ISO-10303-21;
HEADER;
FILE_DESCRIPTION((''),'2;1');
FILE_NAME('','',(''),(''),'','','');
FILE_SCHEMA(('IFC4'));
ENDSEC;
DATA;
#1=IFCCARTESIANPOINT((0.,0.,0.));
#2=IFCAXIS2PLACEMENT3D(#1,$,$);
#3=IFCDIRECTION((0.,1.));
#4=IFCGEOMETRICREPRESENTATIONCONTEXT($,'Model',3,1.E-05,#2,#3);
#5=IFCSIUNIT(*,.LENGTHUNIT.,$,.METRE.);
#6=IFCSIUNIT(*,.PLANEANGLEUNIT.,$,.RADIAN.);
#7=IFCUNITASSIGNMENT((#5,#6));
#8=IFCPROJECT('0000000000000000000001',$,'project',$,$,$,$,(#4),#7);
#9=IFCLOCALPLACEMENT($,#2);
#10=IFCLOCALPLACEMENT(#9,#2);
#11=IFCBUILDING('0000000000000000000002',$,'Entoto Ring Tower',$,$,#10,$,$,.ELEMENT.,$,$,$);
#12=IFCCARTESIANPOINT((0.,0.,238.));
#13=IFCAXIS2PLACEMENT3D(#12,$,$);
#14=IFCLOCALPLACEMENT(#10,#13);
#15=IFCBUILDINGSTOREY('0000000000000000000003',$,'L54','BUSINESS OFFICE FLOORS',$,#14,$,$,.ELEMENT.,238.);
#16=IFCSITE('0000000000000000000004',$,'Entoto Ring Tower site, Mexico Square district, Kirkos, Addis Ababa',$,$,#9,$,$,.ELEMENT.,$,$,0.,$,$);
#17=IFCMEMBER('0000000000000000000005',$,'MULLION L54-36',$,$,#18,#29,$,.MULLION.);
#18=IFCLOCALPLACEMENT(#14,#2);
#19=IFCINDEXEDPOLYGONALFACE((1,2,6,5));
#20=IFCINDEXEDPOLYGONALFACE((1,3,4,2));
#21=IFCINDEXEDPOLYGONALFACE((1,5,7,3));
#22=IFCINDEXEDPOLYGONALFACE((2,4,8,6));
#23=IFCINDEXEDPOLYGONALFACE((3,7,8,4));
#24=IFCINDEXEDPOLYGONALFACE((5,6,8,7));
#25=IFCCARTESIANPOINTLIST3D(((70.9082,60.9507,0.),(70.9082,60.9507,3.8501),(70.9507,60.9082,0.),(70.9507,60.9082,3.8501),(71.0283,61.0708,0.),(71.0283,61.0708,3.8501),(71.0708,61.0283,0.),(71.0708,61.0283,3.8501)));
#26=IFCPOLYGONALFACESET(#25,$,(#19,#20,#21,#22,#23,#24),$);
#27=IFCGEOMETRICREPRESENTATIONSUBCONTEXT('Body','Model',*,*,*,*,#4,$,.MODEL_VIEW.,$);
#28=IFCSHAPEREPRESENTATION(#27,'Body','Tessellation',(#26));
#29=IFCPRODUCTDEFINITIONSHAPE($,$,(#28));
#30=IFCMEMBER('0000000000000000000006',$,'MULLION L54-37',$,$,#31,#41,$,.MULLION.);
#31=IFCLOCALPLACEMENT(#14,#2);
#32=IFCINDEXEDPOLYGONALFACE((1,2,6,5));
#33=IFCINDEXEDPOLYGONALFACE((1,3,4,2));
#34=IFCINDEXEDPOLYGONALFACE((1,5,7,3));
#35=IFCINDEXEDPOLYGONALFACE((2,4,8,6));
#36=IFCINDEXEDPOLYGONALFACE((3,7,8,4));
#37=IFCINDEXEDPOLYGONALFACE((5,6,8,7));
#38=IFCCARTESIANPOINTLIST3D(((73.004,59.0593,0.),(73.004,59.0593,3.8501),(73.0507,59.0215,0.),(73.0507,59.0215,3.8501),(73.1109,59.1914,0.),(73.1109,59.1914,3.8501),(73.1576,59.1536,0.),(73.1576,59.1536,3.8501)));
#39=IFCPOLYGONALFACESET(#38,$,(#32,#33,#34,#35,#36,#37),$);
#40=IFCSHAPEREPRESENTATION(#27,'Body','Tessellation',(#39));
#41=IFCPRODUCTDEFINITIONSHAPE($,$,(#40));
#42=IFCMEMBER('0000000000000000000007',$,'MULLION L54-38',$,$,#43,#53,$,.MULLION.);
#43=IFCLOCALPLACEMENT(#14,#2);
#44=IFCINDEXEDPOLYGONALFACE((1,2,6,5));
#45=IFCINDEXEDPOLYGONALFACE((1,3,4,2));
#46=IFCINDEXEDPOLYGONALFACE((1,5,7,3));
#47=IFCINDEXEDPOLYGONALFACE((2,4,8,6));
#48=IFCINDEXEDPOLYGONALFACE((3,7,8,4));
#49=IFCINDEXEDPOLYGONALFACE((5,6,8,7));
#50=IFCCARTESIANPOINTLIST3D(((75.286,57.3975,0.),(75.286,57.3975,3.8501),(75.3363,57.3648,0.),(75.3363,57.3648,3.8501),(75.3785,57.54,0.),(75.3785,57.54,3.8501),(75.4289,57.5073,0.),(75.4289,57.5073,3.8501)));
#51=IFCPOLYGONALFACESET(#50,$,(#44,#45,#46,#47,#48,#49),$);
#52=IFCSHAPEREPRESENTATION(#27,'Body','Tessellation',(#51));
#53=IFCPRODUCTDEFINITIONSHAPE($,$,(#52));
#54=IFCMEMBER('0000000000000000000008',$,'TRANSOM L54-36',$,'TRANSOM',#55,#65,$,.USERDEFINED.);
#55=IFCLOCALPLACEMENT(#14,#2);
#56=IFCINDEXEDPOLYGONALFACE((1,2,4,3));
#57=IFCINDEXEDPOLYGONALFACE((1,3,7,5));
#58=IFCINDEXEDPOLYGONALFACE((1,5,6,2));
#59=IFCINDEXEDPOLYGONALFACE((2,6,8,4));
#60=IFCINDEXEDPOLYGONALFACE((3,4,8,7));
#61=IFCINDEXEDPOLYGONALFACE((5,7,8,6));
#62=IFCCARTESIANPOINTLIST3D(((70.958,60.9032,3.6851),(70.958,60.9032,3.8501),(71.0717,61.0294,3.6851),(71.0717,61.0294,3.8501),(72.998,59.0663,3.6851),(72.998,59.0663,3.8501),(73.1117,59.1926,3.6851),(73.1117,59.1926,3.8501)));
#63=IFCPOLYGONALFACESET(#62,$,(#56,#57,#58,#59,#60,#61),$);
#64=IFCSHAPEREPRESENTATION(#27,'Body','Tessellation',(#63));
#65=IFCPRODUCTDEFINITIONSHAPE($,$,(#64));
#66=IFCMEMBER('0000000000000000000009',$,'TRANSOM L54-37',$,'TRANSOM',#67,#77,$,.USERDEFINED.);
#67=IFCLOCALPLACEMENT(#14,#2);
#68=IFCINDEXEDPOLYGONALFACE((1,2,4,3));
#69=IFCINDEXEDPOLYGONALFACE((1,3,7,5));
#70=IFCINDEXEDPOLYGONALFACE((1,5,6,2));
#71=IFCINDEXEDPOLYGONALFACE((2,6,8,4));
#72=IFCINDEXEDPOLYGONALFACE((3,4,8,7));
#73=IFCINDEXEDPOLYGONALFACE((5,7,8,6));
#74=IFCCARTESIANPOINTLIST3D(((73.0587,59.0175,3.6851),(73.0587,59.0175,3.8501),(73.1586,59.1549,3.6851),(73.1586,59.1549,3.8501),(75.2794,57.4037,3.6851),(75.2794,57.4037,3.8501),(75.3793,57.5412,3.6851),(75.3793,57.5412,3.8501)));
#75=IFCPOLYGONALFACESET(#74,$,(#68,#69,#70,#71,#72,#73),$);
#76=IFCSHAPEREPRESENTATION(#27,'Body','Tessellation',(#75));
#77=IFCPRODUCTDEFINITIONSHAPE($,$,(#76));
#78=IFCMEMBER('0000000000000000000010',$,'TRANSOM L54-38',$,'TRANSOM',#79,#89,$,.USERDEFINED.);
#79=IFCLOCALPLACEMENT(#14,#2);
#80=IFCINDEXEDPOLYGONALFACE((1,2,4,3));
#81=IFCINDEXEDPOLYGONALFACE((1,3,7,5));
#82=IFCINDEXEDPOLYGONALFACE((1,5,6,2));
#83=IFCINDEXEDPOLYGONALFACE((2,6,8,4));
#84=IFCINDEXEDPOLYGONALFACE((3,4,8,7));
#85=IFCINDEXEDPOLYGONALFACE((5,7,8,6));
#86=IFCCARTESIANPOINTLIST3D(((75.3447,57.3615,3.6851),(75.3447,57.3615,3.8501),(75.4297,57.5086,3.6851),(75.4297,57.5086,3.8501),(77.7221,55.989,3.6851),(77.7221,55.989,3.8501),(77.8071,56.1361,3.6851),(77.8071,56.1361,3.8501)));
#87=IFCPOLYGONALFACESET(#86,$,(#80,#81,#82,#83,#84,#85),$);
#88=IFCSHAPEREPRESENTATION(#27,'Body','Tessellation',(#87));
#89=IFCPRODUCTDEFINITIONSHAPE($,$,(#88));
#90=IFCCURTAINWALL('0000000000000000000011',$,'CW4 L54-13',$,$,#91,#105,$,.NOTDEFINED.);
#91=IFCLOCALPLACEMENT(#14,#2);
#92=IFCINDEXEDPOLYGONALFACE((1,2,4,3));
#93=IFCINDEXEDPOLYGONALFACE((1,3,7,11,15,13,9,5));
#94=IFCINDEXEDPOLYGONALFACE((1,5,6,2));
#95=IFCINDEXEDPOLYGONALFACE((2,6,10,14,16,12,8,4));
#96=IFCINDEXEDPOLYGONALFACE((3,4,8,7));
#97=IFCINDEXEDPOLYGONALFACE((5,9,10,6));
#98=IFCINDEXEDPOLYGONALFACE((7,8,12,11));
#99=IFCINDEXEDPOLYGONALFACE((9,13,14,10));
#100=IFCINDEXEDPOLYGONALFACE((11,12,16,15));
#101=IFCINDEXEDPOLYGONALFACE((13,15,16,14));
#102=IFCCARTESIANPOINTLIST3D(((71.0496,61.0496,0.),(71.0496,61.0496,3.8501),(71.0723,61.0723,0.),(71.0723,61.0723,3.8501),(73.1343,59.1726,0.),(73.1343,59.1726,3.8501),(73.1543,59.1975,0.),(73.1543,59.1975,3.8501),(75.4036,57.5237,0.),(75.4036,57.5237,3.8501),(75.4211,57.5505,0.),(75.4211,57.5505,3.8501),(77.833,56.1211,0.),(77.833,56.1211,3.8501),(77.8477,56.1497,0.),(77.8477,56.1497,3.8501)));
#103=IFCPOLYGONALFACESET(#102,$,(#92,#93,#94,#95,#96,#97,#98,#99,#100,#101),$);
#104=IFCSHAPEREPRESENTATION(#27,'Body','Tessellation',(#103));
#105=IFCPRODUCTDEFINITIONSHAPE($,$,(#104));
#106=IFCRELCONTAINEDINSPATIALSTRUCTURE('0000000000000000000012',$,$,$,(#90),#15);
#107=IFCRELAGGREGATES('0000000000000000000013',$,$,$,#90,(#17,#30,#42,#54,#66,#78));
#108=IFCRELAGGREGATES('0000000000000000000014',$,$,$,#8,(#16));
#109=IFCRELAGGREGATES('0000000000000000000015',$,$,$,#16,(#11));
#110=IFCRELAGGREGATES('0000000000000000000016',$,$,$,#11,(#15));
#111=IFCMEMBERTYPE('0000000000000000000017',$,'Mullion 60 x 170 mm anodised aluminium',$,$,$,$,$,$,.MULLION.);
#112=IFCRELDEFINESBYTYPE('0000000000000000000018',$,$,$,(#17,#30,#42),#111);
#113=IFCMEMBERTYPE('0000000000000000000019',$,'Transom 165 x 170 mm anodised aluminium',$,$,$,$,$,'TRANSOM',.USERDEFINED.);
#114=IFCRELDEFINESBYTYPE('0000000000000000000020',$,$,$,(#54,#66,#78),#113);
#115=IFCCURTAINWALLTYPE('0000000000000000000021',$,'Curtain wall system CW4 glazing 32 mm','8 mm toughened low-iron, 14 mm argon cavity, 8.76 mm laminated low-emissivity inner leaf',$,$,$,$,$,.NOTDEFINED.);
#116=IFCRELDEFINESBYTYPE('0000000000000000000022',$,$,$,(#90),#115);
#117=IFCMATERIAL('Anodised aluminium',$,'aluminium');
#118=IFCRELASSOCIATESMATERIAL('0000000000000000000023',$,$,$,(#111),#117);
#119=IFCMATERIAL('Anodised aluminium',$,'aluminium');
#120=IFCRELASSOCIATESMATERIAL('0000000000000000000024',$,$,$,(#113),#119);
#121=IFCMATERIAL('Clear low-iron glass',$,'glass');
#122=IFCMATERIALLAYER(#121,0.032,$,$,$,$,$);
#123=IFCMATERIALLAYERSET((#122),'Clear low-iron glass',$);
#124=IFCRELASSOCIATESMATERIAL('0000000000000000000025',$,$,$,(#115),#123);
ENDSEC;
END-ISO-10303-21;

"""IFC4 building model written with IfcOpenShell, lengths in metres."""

from ifc_helpers import new_model, si_unit, direction, frame, origin, origin_2d, place, context, subcontext, project, spatial, polyline, rectangle, outline, extrude, material, layer, layer_set, material_profile, profile_set, type_object, element, aggregate, save


model = new_model("IFC4")

# Units and contexts
model_context = context("Model", 3, precision=1e-05, world=origin(), true_north=direction((0.0, 1.0)))
body_context = subcontext(model_context, "Body", "Model", "MODEL_VIEW")
ifc_project = project(units=[si_unit("LENGTHUNIT", "METRE"), si_unit("PLANEANGLEUNIT", "RADIAN")], contexts=[model_context])

# Members
ifc_material_1 = material(Name="Anodised aluminium", Category="aluminium")
ifc_material_profile_1 = material_profile(ifc_material_1, rectangle(XDim=0.0601, YDim=0.1699, at=origin_2d()), Name="Mullion 60 x 170 mm anodised aluminium")
ifc_profile_set_1 = profile_set([ifc_material_profile_1], Name="Anodised aluminium")
member_type_1 = type_object("IfcMemberType", Name="Mullion 60 x 170 mm anodised aluminium", PredefinedType="MULLION", material=ifc_profile_set_1)
site_placement = place(None, origin())
building_placement = place(site_placement, origin())
storey_placement = place(building_placement, frame((0.0, 0.0, 238.0)))
member_1_placement = place(storey_placement, frame((70.9895, 60.9895, 0.0), z_axis=(0.0, 0.0, 1.0), x_axis=(0.707107, -0.707107, 0.0)))
member_1 = element("IfcMember", 1, at=member_1_placement, type_object=member_type_1, Name="MULLION L54-36", PredefinedType="MULLION", context=body_context, shape_type="SweptSolid", body=[
    extrude(rectangle(XDim=0.0601, YDim=0.1699, at=origin_2d()), origin(), (0.0, 0.0, 1.0), 3.8501),
])
member_2_placement = place(storey_placement, frame((73.0808, 59.1064, 0.0), z_axis=(0.0, 0.0, 1.0), x_axis=(0.777146, -0.62932, 0.0)))
member_2 = element("IfcMember", 2, at=member_2_placement, type_object=member_type_1, Name="MULLION L54-37", PredefinedType="MULLION", context=body_context, shape_type="SweptSolid", body=[
    extrude(rectangle(XDim=0.0601, YDim=0.1699, at=origin_2d()), origin(), (0.0, 0.0, 1.0), 3.8501),
])
member_3_placement = place(storey_placement, frame((75.3574, 57.4524, 0.0), z_axis=(0.0, 0.0, 1.0), x_axis=(0.838671, -0.544639, 0.0)))
member_3 = element("IfcMember", 3, at=member_3_placement, type_object=member_type_1, Name="MULLION L54-38", PredefinedType="MULLION", context=body_context, shape_type="SweptSolid", body=[
    extrude(rectangle(XDim=0.0601, YDim=0.1699, at=origin_2d()), origin(), (0.0, 0.0, 1.0), 3.8501),
])
ifc_material_2 = material(Name="Anodised aluminium", Category="aluminium")
ifc_material_profile_2 = material_profile(ifc_material_2, rectangle(XDim=0.1699, YDim=0.165, at=origin_2d()), Name="Transom 165 x 170 mm anodised aluminium")
ifc_profile_set_2 = profile_set([ifc_material_profile_2], Name="Anodised aluminium")
member_type_2 = type_object("IfcMemberType", Name="Transom 165 x 170 mm anodised aluminium", ElementType="TRANSOM", PredefinedType="USERDEFINED", material=ifc_profile_set_2)
member_4_placement = place(storey_placement, frame((71.0149, 60.9663, 3.7676), z_axis=(0.743135, -0.669142, 0.0), x_axis=(0.669142, 0.743135, 0.0)))
member_4 = element("IfcMember", 4, at=member_4_placement, type_object=member_type_2, Name="TRANSOM L54-36", ObjectType="TRANSOM", PredefinedType="USERDEFINED", context=body_context, shape_type="SweptSolid", body=[
    extrude(rectangle(XDim=0.1699, YDim=0.165, at=origin_2d()), origin(), (0.0, 0.0, 1.0), 2.7451),
])
member_5_placement = place(storey_placement, frame((73.1086, 59.0862, 3.7676), z_axis=(0.808959, -0.587865, 0.0), x_axis=(0.587865, 0.808959, 0.0)))
member_5 = element("IfcMember", 5, at=member_5_placement, type_object=member_type_2, Name="TRANSOM L54-37", ObjectType="TRANSOM", PredefinedType="USERDEFINED", context=body_context, shape_type="SweptSolid", body=[
    extrude(rectangle(XDim=0.1699, YDim=0.165, at=origin_2d()), origin(), (0.0, 0.0, 1.0), 2.7451),
])
member_6_placement = place(storey_placement, frame((75.3872, 57.4351, 3.7676), z_axis=(0.866035, -0.499984, 0.0), x_axis=(0.499984, 0.866035, 0.0)))
member_6 = element("IfcMember", 6, at=member_6_placement, type_object=member_type_2, Name="TRANSOM L54-38", ObjectType="TRANSOM", PredefinedType="USERDEFINED", context=body_context, shape_type="SweptSolid", body=[
    extrude(rectangle(XDim=0.1699, YDim=0.165, at=origin_2d()), origin(), (0.0, 0.0, 1.0), 2.7451),
])

# Site, building, storey
site = spatial("IfcSite", under=ifc_project, at=site_placement, Name="Entoto Ring Tower site, Mexico Square district, Kirkos, Addis Ababa", CompositionType="ELEMENT", RefElevation=0.0)
building = spatial("IfcBuilding", under=site, at=building_placement, Name="Entoto Ring Tower", CompositionType="ELEMENT")
storey = spatial("IfcBuildingStorey", under=building, at=storey_placement, Name="L54", Description="BUSINESS OFFICE FLOORS", CompositionType="ELEMENT", Elevation=238.0)

# Curtain wall
ifc_material_3 = material(Name="Clear low-iron glass", Category="glass")
ifc_layer = layer(ifc_material_3, 0.032)
ifc_layer_set = layer_set([ifc_layer], Name="Clear low-iron glass")
curtain_wall_type = type_object("IfcCurtainWallType", Name="Curtain wall system CW4 glazing 32 mm", Description="8 mm toughened low-iron, 14 mm argon cavity, 8.76 mm laminated low-emissivity inner leaf", PredefinedType="NOTDEFINED", material=ifc_layer_set)
curtain_wall_1_placement = place(storey_placement, origin())
curtain_wall_1 = element("IfcCurtainWall", 7, at=curtain_wall_1_placement, inside=storey, type_object=curtain_wall_type, Name="CW4 L54-13", PredefinedType="NOTDEFINED", context=body_context, shape_type="SweptSolid", body=[
    extrude(outline(polyline([(71.0496, 61.0496), (73.1343, 59.1726), (75.4036, 57.5237), (77.833, 56.1211), (77.8477, 56.1497), (75.4211, 57.5505), (73.1543, 59.1975), (71.0723, 61.0723), (71.0496, 61.0496)])), origin(), (0.0, 0.0, 1.0), 3.8501),
])
aggregate(curtain_wall_1, [member_1, member_2, member_3, member_4, member_5, member_6])

save(model, "model.ifc")
